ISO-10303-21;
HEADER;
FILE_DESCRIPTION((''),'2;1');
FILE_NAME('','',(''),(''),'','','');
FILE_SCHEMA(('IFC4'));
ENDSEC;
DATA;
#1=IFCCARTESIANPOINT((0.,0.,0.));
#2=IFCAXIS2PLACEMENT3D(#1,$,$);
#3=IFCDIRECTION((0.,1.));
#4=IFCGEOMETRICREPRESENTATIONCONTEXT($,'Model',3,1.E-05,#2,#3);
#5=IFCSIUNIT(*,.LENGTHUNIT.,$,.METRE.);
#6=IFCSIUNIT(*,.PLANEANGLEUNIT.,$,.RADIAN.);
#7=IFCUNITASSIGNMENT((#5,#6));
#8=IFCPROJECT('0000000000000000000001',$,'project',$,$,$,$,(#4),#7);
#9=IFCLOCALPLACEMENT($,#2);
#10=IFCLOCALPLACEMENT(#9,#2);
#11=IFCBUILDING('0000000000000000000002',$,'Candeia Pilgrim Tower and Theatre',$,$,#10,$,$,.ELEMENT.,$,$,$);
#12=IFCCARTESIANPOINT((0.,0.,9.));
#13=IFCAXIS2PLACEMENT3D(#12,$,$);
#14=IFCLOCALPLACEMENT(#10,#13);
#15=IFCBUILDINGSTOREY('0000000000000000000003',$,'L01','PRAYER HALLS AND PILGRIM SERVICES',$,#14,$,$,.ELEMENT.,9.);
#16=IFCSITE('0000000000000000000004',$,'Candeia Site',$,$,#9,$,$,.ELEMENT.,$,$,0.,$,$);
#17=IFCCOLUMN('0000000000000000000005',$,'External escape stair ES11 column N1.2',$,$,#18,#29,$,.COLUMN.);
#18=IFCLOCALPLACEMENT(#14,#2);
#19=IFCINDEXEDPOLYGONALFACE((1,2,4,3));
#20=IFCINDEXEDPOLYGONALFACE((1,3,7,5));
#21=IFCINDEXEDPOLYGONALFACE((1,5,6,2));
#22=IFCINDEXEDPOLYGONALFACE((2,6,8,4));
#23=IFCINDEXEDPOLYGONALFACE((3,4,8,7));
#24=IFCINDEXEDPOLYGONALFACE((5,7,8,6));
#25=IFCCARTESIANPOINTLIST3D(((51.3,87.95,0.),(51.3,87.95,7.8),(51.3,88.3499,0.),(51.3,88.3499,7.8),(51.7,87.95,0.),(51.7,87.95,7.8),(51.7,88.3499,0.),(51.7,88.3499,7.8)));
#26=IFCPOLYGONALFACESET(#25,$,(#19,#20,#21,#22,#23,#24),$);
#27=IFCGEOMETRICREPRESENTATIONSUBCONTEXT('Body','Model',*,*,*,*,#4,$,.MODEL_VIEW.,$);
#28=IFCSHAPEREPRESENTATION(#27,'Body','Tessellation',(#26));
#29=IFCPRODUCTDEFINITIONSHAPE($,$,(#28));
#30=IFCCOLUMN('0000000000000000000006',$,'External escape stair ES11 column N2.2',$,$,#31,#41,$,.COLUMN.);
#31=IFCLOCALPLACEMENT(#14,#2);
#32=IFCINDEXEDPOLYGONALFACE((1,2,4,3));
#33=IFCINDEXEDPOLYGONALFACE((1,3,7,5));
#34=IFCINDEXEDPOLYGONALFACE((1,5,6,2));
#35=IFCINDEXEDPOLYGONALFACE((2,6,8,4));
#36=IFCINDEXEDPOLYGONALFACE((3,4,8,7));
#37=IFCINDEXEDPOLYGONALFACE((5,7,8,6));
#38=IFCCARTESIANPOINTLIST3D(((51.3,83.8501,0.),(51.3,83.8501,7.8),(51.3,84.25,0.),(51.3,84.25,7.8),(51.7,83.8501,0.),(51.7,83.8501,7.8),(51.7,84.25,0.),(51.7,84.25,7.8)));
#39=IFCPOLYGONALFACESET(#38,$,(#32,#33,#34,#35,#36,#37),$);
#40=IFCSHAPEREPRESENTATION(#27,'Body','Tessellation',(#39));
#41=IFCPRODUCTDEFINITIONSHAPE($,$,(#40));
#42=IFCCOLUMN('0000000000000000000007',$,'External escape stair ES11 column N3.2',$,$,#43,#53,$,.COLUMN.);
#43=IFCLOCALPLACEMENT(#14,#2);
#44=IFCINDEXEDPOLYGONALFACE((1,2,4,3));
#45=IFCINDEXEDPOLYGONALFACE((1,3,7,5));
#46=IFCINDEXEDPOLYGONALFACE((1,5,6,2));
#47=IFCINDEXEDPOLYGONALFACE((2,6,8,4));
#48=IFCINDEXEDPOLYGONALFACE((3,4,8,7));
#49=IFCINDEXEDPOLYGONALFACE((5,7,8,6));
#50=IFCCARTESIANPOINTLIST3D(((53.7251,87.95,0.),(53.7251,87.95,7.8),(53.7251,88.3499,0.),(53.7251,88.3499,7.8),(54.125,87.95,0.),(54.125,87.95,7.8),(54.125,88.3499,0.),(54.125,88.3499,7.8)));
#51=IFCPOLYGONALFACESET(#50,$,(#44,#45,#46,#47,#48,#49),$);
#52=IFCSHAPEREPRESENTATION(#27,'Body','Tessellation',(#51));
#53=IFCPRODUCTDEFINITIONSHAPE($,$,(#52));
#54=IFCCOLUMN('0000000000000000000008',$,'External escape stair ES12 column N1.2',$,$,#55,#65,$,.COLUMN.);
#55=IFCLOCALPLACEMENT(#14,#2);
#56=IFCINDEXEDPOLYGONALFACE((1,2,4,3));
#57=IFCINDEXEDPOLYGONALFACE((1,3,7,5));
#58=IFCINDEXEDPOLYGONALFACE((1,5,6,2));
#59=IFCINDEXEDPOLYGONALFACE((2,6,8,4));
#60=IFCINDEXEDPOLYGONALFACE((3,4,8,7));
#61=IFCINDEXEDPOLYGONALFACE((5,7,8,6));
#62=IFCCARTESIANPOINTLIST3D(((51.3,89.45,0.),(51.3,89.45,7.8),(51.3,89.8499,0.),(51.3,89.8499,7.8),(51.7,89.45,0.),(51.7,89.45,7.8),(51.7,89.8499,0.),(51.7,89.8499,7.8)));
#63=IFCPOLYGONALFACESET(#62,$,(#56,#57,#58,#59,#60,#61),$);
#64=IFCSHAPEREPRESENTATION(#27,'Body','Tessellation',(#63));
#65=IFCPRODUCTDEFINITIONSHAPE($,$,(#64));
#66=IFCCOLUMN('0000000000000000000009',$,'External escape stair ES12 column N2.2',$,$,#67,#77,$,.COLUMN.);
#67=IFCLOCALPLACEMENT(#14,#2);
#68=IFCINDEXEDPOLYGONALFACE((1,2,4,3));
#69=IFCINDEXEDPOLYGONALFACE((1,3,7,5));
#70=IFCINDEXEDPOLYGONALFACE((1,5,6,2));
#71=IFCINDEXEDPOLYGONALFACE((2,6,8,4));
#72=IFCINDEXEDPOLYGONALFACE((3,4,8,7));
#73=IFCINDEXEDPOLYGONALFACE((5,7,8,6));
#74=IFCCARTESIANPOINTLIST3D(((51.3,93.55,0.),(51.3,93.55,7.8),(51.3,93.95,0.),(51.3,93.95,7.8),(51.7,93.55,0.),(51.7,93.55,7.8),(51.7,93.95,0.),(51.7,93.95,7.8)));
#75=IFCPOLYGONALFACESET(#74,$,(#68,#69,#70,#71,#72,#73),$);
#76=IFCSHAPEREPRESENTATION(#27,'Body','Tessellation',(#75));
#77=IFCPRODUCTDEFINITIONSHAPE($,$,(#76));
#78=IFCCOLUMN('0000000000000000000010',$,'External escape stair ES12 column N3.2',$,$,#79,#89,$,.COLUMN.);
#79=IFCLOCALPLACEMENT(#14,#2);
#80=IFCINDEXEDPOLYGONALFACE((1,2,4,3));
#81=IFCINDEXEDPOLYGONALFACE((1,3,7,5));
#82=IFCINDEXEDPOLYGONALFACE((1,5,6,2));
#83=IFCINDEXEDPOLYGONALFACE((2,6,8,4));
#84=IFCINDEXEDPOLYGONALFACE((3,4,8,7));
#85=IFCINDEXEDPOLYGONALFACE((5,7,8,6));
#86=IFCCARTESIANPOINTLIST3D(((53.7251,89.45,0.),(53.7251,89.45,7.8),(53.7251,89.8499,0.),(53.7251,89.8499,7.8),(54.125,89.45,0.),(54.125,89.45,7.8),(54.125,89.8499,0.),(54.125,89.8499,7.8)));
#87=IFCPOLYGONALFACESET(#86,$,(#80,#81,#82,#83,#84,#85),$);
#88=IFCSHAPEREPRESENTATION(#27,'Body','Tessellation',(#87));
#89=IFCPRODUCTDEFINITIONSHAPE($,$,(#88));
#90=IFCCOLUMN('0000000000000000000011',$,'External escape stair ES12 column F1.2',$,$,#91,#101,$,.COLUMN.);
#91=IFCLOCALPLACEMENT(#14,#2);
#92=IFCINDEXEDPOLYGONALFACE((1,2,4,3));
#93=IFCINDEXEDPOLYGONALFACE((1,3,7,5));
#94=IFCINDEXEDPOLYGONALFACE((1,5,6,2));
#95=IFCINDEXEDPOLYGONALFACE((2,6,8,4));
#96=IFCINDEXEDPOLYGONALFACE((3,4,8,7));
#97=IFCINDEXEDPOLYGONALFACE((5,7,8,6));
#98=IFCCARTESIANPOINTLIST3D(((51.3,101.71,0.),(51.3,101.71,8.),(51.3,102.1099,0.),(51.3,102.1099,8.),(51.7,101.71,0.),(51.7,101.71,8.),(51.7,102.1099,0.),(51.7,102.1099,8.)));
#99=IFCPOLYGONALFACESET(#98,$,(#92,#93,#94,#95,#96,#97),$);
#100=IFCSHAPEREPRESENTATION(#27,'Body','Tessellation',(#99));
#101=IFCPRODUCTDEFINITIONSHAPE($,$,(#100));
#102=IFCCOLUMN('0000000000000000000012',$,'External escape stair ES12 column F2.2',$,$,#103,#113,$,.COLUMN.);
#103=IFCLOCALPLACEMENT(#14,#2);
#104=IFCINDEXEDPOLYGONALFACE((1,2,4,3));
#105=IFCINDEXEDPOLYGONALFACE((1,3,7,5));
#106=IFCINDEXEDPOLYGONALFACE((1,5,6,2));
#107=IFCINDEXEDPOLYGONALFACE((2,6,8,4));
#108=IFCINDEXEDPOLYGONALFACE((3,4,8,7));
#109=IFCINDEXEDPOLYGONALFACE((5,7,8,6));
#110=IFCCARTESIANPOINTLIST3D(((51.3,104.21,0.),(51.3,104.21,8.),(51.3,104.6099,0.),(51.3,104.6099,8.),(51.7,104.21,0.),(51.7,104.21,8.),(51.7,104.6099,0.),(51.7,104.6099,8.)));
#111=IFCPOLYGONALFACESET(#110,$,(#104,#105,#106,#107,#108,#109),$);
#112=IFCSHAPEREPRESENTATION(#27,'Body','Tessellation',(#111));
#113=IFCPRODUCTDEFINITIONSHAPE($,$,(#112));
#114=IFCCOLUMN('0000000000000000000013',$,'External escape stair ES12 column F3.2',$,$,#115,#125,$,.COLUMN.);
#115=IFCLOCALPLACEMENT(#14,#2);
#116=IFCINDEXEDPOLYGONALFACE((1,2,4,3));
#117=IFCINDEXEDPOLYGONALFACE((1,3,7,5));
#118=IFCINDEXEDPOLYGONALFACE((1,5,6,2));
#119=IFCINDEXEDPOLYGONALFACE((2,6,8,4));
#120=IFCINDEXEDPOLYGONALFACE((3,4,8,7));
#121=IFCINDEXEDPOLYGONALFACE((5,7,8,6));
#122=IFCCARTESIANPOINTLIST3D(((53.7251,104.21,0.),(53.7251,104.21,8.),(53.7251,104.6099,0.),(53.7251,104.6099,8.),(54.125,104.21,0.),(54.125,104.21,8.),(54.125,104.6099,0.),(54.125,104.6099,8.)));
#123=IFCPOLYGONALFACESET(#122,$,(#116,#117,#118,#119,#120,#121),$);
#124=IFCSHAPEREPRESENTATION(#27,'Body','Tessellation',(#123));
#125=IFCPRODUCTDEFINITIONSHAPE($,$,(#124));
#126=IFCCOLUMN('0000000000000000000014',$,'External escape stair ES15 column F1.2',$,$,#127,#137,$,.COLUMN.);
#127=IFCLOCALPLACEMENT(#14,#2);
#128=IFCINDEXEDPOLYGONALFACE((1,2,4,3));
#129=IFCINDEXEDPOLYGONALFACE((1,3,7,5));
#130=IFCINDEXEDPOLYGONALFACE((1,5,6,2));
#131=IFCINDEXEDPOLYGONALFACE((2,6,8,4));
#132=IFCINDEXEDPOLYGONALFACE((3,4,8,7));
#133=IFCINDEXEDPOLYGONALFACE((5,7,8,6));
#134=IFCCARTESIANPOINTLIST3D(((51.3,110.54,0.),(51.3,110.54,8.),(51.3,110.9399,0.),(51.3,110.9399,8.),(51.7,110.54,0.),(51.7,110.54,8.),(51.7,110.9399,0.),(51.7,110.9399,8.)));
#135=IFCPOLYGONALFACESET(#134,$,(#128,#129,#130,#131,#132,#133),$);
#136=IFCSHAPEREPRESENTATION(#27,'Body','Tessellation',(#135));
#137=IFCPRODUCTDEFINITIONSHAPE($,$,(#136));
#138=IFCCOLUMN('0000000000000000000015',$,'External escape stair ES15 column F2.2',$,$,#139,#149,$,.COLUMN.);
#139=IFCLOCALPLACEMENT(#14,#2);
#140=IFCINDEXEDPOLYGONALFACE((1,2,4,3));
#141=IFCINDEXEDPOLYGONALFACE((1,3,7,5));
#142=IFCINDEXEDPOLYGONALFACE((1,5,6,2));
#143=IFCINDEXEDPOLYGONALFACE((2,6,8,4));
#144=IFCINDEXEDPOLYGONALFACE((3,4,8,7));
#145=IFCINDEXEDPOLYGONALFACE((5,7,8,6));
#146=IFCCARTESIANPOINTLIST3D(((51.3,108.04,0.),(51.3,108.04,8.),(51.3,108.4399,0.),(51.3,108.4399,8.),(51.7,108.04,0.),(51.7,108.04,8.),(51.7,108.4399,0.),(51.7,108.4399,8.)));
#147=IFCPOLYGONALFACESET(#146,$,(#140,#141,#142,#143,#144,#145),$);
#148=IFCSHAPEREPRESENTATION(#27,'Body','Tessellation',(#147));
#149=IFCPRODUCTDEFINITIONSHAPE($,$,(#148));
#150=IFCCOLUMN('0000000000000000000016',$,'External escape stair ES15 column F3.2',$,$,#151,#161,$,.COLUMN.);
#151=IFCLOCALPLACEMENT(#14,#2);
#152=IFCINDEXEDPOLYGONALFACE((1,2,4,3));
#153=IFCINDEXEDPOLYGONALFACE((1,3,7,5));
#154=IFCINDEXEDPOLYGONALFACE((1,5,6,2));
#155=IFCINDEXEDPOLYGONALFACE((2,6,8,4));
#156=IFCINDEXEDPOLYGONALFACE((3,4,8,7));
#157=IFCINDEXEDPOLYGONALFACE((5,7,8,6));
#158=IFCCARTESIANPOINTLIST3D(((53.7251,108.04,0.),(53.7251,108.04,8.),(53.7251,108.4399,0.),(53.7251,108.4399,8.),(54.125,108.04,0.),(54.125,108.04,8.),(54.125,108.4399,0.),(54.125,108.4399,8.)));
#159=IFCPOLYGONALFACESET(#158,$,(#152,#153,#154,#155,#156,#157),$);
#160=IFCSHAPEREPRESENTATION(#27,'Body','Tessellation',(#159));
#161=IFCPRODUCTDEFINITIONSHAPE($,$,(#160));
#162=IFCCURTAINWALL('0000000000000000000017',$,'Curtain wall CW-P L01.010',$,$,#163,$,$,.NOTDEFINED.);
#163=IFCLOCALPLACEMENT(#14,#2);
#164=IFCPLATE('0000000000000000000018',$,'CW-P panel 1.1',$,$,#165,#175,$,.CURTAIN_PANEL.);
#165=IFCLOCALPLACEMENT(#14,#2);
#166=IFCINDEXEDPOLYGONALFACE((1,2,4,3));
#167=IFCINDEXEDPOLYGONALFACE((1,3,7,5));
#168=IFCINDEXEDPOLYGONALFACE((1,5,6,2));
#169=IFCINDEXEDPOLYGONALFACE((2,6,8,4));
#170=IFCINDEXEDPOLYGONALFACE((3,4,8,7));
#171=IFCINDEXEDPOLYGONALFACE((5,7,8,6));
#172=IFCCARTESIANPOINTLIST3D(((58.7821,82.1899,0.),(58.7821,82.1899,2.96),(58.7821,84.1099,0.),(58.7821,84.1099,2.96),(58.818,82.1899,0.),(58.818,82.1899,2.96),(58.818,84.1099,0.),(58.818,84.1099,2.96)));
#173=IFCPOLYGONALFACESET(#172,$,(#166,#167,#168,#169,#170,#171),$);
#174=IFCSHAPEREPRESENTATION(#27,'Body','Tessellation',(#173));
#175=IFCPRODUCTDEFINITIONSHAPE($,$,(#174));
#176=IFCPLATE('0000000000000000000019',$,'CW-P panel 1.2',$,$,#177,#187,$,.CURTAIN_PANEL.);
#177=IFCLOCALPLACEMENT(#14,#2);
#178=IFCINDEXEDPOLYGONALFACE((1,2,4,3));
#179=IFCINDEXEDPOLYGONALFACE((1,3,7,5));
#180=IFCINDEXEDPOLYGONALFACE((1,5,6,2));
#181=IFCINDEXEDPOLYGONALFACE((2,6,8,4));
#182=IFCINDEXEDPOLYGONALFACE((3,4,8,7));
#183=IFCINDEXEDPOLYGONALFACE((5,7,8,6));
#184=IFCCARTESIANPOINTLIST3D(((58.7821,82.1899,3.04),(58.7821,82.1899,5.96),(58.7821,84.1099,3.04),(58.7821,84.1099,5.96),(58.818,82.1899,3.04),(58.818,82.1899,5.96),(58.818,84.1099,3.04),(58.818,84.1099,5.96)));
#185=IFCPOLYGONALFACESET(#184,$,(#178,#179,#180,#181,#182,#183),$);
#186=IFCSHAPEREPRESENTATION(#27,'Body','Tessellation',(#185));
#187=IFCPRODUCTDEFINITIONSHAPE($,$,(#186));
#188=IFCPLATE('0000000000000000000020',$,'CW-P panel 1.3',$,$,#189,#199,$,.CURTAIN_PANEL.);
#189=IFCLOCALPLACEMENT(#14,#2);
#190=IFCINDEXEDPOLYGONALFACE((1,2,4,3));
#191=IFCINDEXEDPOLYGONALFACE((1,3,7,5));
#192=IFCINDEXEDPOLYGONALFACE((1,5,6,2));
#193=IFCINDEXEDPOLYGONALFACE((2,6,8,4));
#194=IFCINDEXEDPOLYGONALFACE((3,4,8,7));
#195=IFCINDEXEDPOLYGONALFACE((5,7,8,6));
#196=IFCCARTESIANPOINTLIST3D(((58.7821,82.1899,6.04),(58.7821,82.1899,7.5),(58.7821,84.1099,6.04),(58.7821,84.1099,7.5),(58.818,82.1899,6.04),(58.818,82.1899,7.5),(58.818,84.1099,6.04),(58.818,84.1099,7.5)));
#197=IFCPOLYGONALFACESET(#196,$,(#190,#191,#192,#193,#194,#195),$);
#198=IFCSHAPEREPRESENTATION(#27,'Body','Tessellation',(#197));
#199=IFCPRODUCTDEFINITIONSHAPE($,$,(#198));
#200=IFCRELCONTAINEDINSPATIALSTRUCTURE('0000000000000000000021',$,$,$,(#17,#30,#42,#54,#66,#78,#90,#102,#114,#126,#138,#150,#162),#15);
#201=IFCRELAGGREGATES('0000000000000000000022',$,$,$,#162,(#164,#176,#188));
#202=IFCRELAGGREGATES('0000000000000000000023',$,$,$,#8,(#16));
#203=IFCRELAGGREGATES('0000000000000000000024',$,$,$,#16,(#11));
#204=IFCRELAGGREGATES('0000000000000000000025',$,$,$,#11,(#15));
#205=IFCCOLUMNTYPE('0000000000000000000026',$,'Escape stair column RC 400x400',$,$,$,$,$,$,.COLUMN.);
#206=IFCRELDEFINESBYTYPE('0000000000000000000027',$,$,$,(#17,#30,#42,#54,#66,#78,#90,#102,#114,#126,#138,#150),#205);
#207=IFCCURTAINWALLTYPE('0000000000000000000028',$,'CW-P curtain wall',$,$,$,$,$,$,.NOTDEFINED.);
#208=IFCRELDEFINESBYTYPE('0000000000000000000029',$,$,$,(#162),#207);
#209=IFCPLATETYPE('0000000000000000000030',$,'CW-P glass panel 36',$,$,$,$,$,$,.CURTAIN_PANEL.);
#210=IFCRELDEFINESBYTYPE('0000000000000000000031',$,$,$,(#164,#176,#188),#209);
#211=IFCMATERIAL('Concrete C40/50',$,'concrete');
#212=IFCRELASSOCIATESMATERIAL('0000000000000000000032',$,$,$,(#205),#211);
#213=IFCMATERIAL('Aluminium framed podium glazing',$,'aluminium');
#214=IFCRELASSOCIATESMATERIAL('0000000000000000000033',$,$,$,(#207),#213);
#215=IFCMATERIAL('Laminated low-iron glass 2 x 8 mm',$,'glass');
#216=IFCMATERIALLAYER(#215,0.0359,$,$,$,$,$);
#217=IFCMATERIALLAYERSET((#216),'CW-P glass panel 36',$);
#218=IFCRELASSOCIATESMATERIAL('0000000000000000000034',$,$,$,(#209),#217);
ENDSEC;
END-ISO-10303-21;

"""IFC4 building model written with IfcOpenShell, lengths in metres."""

from ifc_helpers import new_model, si_unit, direction, frame, origin, origin_2d, place, context, subcontext, project, spatial, rectangle, extrude, material, layer, layer_set, material_profile, profile_set, type_object, element, aggregate, save


model = new_model("IFC4")

# Units and contexts
model_context = context("Model", 3, precision=1e-05, world=origin(), true_north=direction((0.0, 1.0)))
body_context = subcontext(model_context, "Body", "Model", "MODEL_VIEW")
ifc_project = project(units=[si_unit("LENGTHUNIT", "METRE"), si_unit("PLANEANGLEUNIT", "RADIAN")], contexts=[model_context])

# Site, building, storey
site_placement = place(None, origin())
site = spatial("IfcSite", under=ifc_project, at=site_placement, Name="Candeia Site", CompositionType="ELEMENT", RefElevation=0.0)
building_placement = place(site_placement, origin())
building = spatial("IfcBuilding", under=site, at=building_placement, Name="Candeia Pilgrim Tower and Theatre", CompositionType="ELEMENT")
storey_placement = place(building_placement, frame((0.0, 0.0, 9.0)))
storey = spatial("IfcBuildingStorey", under=building, at=storey_placement, Name="L01", Description="PRAYER HALLS AND PILGRIM SERVICES", CompositionType="ELEMENT", Elevation=9.0)

# Columns
ifc_material_1 = material(Name="Concrete C40/50", Category="concrete")
ifc_material_profile = material_profile(ifc_material_1, rectangle(XDim=0.3999, YDim=0.3999, at=origin_2d()))
ifc_profile_set = profile_set([ifc_material_profile], Name="Concrete C40/50")
column_type = type_object("IfcColumnType", Name="Escape stair column RC 400x400", PredefinedType="COLUMN", material=ifc_profile_set)
for number, where, z_axis, x_axis, name in (
    (1, (51.5, 88.1499, 0.0), (0.0, 0.0, 1.0), (1.0, 0.0, 0.0), "External escape stair ES11 column N1.2"),
    (2, (51.5, 84.05, 0.0), (0.0, 0.0, 1.0), (1.0, 0.0, 0.0), "External escape stair ES11 column N2.2"),
    (3, (53.925, 88.1499, 0.0), (0.0, 0.0, 1.0), (1.0, 0.0, 0.0), "External escape stair ES11 column N3.2"),
    (4, (51.5, 89.6499, 0.0), (0.0, 0.0, 1.0), (1.0, 0.0, 0.0), "External escape stair ES12 column N1.2"),
    (5, (51.5, 93.75, 0.0), (0.0, 0.0, 1.0), (1.0, 0.0, 0.0), "External escape stair ES12 column N2.2"),
    (6, (53.925, 89.6499, 0.0), (0.0, 0.0, 1.0), (1.0, 0.0, 0.0), "External escape stair ES12 column N3.2"),
):
    element("IfcColumn", number, at=place(storey_placement, frame(where, z_axis=z_axis, x_axis=x_axis)), inside=storey, type_object=column_type, Name=name, PredefinedType="COLUMN", context=body_context, shape_type="SweptSolid", body=[
        extrude(rectangle(XDim=0.3999, YDim=0.3999, at=origin_2d()), origin(), (0.0, 0.0, 1.0), 7.8),
    ])
for number, where, z_axis, x_axis, name in (
    (7, (51.5, 101.9099, 0.0), (0.0, 0.0, 1.0), (1.0, 0.0, 0.0), "External escape stair ES12 column F1.2"),
    (8, (51.5, 104.4099, 0.0), (0.0, 0.0, 1.0), (1.0, 0.0, 0.0), "External escape stair ES12 column F2.2"),
    (9, (53.925, 104.4099, 0.0), (0.0, 0.0, 1.0), (1.0, 0.0, 0.0), "External escape stair ES12 column F3.2"),
    (10, (51.5, 110.74, 0.0), (0.0, 0.0, 1.0), (1.0, 0.0, 0.0), "External escape stair ES15 column F1.2"),
    (11, (51.5, 108.24, 0.0), (0.0, 0.0, 1.0), (1.0, 0.0, 0.0), "External escape stair ES15 column F2.2"),
    (12, (53.925, 108.24, 0.0), (0.0, 0.0, 1.0), (1.0, 0.0, 0.0), "External escape stair ES15 column F3.2"),
):
    element("IfcColumn", number, at=place(storey_placement, frame(where, z_axis=z_axis, x_axis=x_axis)), inside=storey, type_object=column_type, Name=name, PredefinedType="COLUMN", context=body_context, shape_type="SweptSolid", body=[
        extrude(rectangle(XDim=0.3999, YDim=0.3999, at=origin_2d()), origin(), (0.0, 0.0, 1.0), 8.0),
    ])

# Curtain wall, plates
ifc_material_2 = material(Name="Aluminium framed podium glazing", Category="aluminium")
curtain_wall_type = type_object("IfcCurtainWallType", Name="CW-P curtain wall", PredefinedType="NOTDEFINED", material=ifc_material_2)
curtain_wall_placement = place(storey_placement, origin())
curtain_wall = element("IfcCurtainWall", 13, at=curtain_wall_placement, inside=storey, type_object=curtain_wall_type, Name="Curtain wall CW-P L01.010", PredefinedType="NOTDEFINED")
ifc_material_3 = material(Name="Laminated low-iron glass 2 x 8 mm", Category="glass")
ifc_layer = layer(ifc_material_3, 0.0359)
ifc_layer_set = layer_set([ifc_layer], Name="CW-P glass panel 36")
plate_type = type_object("IfcPlateType", Name="CW-P glass panel 36", PredefinedType="CURTAIN_PANEL", material=ifc_layer_set)
plate_1_placement = place(storey_placement, frame((58.8, 83.1499, 0.0), z_axis=(0.0, 0.0, 1.0), x_axis=(0.0, 1.0, 0.0)))
plate_1 = element("IfcPlate", 14, at=plate_1_placement, type_object=plate_type, Name="CW-P panel 1.1", PredefinedType="CURTAIN_PANEL", context=body_context, shape_type="SweptSolid", body=[
    extrude(rectangle(XDim=1.9199, YDim=0.0359, at=origin_2d()), origin(), (0.0, 0.0, 1.0), 2.96),
])
plate_2_placement = place(storey_placement, frame((58.8, 83.1499, 3.04), z_axis=(0.0, 0.0, 1.0), x_axis=(0.0, 1.0, 0.0)))
plate_2 = element("IfcPlate", 15, at=plate_2_placement, type_object=plate_type, Name="CW-P panel 1.2", PredefinedType="CURTAIN_PANEL", context=body_context, shape_type="SweptSolid", body=[
    extrude(rectangle(XDim=1.9199, YDim=0.0359, at=origin_2d()), origin(), (0.0, 0.0, 1.0), 2.9199),
])
plate_3_placement = place(storey_placement, frame((58.8, 83.1499, 6.04), z_axis=(0.0, 0.0, 1.0), x_axis=(0.0, 1.0, 0.0)))
plate_3 = element("IfcPlate", 16, at=plate_3_placement, type_object=plate_type, Name="CW-P panel 1.3", PredefinedType="CURTAIN_PANEL", context=body_context, shape_type="SweptSolid", body=[
    extrude(rectangle(XDim=1.9199, YDim=0.0359, at=origin_2d()), origin(), (0.0, 0.0, 1.0), 1.46),
])
aggregate(curtain_wall, [plate_1, plate_2, plate_3])

save(model, "model.ifc")
